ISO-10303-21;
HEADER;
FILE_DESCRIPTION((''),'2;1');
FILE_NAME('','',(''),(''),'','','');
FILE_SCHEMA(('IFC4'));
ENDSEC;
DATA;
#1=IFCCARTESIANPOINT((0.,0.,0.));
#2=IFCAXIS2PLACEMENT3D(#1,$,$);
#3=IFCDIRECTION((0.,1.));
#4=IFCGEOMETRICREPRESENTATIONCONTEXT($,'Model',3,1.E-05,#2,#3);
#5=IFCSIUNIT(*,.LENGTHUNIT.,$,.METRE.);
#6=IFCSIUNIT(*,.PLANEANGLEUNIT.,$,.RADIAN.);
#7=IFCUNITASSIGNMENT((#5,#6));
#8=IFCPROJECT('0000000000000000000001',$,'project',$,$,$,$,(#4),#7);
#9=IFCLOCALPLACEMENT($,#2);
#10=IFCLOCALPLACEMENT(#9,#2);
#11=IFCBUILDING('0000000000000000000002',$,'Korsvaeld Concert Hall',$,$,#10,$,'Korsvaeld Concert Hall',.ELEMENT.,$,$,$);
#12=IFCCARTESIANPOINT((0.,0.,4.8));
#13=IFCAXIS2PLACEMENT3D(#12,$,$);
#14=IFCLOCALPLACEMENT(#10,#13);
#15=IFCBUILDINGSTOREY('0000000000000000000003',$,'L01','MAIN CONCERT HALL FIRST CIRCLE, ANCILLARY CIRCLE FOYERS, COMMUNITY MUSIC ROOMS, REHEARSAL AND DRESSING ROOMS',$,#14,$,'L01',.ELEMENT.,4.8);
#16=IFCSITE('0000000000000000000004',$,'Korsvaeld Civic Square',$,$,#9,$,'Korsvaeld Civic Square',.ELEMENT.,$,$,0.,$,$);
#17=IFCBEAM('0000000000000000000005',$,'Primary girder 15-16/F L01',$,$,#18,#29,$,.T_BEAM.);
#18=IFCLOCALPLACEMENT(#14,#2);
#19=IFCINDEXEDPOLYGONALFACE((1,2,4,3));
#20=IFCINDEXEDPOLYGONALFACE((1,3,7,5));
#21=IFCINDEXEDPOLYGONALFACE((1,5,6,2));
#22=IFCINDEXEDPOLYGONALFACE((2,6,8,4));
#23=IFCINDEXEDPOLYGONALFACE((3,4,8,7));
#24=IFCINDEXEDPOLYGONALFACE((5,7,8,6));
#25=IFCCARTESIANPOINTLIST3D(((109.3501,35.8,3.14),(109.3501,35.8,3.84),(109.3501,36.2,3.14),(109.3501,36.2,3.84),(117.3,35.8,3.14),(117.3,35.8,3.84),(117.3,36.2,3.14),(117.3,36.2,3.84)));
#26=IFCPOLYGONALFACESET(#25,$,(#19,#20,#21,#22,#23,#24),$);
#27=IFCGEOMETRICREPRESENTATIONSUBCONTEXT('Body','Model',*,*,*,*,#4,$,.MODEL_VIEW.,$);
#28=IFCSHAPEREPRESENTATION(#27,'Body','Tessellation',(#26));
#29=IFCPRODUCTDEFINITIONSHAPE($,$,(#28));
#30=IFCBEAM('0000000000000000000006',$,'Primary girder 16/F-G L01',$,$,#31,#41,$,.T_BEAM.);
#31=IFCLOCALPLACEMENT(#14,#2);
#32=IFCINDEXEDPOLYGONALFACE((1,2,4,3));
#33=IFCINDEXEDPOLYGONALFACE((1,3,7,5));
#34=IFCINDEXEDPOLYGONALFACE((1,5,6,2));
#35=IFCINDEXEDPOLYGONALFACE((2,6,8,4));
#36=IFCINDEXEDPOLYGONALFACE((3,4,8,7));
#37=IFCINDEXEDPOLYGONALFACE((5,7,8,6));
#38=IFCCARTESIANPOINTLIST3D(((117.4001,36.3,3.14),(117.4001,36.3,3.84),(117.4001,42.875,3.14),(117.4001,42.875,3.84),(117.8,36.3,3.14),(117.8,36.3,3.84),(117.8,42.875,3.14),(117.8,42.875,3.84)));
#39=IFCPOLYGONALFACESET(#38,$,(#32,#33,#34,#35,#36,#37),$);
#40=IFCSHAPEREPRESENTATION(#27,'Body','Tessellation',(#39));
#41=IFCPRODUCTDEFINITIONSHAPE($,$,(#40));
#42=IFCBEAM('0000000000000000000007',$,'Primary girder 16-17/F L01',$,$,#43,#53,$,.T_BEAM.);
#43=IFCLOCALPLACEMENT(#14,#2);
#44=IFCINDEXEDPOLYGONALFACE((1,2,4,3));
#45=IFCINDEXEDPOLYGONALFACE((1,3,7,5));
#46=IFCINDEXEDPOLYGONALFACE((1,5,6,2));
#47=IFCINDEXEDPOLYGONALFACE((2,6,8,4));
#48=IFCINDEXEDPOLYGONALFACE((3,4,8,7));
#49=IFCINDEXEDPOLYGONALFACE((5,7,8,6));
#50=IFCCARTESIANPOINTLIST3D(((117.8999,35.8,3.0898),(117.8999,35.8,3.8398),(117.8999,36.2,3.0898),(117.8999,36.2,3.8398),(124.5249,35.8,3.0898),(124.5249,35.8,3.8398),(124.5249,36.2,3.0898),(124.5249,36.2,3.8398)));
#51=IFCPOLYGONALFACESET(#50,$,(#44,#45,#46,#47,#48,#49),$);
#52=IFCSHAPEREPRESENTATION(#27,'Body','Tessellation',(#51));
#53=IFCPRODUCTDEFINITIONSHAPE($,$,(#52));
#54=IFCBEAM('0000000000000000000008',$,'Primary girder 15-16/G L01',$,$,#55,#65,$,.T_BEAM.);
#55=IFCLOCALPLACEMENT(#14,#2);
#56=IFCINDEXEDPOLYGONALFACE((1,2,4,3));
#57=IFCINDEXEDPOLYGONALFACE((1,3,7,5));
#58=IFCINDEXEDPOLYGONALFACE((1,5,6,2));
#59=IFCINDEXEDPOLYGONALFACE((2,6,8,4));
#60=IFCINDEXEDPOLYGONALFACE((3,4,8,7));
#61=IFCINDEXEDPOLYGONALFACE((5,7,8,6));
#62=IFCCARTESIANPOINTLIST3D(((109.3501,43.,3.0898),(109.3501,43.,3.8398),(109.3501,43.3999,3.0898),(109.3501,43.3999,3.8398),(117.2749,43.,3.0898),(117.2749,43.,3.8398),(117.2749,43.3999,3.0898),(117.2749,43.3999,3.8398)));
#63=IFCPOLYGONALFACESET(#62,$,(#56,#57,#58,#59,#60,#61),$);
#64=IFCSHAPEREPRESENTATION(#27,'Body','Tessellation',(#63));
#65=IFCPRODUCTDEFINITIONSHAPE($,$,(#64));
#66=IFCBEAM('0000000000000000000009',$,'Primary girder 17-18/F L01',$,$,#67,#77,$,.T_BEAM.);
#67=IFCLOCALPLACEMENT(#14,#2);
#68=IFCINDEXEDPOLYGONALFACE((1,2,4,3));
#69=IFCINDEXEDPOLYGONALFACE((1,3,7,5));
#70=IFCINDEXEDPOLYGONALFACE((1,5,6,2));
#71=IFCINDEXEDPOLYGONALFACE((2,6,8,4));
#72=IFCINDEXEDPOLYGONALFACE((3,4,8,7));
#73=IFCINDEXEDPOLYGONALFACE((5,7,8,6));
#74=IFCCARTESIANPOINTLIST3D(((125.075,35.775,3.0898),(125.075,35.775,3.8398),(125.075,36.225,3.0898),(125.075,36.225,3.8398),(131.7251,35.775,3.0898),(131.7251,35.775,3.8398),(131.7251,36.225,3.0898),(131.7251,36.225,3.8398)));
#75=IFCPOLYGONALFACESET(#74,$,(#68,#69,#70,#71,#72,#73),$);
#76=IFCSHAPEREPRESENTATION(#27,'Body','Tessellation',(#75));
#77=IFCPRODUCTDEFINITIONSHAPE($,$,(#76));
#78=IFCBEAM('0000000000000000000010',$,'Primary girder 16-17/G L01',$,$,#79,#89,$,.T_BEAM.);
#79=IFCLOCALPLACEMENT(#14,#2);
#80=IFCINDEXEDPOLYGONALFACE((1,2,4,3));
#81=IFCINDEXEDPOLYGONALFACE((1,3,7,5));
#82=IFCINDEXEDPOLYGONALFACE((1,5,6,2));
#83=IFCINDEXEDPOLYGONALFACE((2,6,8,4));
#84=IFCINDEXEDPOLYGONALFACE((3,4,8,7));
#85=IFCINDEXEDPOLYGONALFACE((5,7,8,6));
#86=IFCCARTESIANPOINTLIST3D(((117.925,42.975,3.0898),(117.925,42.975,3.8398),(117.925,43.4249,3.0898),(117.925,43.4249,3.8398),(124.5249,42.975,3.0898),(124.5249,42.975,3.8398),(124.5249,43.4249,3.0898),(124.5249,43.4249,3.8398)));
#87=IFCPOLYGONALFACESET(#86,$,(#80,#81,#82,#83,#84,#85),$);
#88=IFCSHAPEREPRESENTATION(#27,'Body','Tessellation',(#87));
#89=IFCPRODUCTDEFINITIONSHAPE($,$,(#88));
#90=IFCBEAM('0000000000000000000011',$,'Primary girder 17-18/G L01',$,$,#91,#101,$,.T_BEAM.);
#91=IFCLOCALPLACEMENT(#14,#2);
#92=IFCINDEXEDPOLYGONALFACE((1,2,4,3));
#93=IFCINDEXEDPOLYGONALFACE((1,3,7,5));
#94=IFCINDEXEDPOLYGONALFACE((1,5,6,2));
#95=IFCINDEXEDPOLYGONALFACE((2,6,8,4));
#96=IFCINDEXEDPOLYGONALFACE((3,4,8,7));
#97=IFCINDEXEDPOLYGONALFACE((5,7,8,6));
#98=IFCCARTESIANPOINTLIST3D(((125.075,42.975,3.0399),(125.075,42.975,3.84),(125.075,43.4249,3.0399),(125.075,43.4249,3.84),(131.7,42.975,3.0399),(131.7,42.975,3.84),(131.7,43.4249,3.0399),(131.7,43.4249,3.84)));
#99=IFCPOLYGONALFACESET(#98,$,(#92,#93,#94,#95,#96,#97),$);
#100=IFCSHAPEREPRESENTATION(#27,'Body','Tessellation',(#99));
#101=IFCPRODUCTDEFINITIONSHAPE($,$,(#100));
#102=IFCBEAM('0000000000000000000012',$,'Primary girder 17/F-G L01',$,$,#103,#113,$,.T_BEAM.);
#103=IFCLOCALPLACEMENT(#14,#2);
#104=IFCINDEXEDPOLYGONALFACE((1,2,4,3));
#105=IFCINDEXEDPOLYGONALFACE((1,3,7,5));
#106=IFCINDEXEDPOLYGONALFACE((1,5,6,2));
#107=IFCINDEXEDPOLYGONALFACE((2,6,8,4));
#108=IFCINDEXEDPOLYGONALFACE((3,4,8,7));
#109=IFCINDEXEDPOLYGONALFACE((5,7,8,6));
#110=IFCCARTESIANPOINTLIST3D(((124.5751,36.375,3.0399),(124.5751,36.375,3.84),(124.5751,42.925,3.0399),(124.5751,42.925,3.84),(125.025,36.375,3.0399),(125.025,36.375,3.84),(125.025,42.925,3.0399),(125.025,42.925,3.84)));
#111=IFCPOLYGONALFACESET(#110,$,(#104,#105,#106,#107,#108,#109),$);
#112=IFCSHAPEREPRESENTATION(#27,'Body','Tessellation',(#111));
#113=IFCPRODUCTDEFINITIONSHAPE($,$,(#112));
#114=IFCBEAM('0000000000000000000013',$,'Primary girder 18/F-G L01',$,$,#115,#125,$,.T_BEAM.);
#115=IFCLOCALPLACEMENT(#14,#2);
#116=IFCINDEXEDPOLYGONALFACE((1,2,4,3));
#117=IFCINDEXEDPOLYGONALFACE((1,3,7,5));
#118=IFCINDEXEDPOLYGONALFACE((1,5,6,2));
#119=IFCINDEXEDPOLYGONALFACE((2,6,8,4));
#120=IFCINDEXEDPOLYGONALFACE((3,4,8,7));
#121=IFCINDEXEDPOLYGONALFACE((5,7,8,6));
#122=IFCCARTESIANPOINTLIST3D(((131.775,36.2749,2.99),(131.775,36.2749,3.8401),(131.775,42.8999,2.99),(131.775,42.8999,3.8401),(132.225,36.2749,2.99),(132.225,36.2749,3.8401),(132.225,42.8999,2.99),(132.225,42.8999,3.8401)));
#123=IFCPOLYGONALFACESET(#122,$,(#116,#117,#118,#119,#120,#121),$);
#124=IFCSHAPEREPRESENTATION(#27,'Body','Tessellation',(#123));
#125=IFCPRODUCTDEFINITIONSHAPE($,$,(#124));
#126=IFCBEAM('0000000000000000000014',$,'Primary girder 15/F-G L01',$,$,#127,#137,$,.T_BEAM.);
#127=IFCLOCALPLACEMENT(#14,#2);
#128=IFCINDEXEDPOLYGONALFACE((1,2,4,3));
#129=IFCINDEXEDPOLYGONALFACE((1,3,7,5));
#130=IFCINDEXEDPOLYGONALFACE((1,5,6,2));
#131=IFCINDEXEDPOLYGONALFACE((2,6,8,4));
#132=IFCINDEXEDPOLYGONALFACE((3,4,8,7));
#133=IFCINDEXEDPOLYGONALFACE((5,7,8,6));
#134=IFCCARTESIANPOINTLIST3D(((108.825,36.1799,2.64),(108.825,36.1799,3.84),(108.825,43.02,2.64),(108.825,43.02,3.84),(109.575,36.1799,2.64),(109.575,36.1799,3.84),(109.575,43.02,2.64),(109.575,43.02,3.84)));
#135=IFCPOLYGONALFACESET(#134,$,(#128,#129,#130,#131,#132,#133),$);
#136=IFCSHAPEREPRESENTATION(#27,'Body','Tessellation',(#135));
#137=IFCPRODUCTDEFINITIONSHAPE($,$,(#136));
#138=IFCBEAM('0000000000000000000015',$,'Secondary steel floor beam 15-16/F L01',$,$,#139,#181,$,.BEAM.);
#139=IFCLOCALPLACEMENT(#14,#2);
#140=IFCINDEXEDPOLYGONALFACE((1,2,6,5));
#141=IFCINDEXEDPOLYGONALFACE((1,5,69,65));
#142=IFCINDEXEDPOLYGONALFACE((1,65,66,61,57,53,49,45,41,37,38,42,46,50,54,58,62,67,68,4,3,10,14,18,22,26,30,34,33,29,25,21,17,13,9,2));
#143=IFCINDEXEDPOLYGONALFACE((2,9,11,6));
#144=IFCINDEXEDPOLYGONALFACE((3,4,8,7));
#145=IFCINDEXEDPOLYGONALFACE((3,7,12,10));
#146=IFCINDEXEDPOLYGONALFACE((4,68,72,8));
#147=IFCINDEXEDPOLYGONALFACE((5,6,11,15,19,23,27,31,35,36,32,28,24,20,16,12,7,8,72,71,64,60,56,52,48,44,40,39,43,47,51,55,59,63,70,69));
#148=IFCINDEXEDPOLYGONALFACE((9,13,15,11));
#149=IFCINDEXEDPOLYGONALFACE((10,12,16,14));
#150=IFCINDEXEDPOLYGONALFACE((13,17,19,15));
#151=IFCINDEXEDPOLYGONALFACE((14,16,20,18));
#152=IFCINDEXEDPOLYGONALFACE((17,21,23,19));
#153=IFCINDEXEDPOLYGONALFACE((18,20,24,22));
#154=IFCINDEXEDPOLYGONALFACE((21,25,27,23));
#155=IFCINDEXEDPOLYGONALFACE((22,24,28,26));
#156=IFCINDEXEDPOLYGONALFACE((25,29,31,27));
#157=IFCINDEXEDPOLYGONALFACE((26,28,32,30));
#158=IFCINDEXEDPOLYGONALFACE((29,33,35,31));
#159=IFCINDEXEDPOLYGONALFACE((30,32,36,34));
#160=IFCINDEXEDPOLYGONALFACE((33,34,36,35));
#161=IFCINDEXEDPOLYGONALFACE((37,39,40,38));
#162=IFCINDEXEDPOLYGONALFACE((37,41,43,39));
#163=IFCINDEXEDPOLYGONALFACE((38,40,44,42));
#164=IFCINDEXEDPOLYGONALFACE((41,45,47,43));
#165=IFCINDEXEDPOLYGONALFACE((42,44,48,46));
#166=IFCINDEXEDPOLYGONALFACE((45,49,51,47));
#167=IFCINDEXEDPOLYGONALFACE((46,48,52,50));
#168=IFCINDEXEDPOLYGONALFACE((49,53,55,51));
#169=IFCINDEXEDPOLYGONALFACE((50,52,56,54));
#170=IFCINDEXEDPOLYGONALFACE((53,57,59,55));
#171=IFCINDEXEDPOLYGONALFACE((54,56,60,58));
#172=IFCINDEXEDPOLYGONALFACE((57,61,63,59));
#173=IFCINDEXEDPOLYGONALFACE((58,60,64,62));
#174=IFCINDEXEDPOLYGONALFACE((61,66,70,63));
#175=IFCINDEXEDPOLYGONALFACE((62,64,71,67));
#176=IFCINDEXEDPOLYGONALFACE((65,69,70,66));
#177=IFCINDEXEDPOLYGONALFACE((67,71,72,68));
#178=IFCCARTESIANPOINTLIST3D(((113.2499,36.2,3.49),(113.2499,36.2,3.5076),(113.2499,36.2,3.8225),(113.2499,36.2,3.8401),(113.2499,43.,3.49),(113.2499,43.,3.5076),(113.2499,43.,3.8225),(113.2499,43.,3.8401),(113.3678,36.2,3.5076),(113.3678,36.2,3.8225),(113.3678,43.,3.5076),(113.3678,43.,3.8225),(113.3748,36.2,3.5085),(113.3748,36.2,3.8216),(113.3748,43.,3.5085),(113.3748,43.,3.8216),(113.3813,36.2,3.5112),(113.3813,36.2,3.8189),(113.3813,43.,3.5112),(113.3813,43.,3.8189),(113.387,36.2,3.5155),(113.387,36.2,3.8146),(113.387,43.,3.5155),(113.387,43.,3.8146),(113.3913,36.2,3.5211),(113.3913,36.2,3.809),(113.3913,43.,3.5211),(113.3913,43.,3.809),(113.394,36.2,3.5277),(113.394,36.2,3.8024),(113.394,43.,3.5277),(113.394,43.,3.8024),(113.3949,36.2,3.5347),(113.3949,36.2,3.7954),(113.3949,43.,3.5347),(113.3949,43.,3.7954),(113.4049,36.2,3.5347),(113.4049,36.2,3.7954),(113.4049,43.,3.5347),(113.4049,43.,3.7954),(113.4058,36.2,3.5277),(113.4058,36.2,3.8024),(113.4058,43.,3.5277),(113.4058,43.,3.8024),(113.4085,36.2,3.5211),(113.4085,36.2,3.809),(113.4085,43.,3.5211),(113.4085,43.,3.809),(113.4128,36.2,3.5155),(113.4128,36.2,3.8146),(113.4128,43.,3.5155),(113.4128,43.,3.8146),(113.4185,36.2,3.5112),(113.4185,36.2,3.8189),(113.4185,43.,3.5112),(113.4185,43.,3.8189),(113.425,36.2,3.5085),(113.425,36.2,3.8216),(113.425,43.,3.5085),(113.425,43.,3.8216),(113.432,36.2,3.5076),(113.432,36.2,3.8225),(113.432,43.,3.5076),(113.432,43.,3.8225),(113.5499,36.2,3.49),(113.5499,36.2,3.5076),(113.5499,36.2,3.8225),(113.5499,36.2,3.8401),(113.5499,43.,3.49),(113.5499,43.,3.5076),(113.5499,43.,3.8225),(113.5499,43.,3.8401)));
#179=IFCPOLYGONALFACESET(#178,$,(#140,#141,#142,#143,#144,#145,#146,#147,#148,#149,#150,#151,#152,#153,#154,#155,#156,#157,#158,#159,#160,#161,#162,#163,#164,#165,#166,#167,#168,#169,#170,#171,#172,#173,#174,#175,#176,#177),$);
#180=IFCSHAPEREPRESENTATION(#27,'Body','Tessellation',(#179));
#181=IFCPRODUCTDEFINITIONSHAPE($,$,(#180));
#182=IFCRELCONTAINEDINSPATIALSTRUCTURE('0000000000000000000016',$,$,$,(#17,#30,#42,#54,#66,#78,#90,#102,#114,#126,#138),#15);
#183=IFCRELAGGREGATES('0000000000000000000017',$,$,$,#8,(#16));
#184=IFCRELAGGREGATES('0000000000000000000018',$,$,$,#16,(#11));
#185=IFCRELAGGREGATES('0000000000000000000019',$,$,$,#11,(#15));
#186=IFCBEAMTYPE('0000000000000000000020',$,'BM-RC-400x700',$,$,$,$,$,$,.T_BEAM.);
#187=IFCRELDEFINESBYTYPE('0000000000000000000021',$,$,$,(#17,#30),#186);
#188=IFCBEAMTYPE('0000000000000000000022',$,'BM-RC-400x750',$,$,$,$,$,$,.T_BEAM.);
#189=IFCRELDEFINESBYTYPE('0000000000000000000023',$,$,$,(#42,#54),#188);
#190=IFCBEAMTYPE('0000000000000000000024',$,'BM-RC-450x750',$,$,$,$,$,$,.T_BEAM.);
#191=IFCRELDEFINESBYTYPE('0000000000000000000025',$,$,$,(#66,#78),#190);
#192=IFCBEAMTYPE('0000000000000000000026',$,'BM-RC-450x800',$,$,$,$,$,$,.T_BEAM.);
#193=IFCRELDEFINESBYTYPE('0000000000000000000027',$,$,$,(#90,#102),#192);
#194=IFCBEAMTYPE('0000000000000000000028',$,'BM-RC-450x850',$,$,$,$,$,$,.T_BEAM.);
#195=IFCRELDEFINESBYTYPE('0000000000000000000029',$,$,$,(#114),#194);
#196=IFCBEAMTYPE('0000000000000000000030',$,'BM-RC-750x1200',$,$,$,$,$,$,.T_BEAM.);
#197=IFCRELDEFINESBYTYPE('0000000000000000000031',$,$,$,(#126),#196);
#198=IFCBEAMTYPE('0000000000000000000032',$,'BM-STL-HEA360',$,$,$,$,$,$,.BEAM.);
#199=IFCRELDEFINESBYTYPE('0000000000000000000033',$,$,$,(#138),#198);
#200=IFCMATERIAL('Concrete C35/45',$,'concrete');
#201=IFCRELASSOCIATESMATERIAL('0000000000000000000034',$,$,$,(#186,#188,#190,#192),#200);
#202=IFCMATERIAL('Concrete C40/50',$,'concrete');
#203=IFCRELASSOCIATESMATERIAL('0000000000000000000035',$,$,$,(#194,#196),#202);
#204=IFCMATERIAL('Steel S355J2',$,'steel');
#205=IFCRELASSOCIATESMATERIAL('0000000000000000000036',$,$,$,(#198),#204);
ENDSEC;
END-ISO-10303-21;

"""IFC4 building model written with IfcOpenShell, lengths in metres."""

from ifc_helpers import new_model, si_unit, direction, frame, origin, origin_2d, place, context, subcontext, project, spatial, rectangle, i_section, extrude, material, material_profile, profile_set, type_object, element, save


model = new_model("IFC4")

# Units and contexts
model_context = context("Model", 3, precision=1e-05, world=origin(), true_north=direction((0.0, 1.0)))
body_context = subcontext(model_context, "Body", "Model", "MODEL_VIEW")
ifc_project = project(units=[si_unit("LENGTHUNIT", "METRE"), si_unit("PLANEANGLEUNIT", "RADIAN")], contexts=[model_context])

# Site, building, storey
site_placement = place(None, origin())
site = spatial("IfcSite", under=ifc_project, at=site_placement, Name="Korsvaeld Civic Square", LongName="Korsvaeld Civic Square", CompositionType="ELEMENT", RefElevation=0.0)
building_placement = place(site_placement, origin())
building = spatial("IfcBuilding", under=site, at=building_placement, Name="Korsvaeld Concert Hall", LongName="Korsvaeld Concert Hall", CompositionType="ELEMENT")
storey_placement = place(building_placement, frame((0.0, 0.0, 4.8)))
storey = spatial("IfcBuildingStorey", under=building, at=storey_placement, Name="L01", Description="MAIN CONCERT HALL FIRST CIRCLE, ANCILLARY CIRCLE FOYERS, COMMUNITY MUSIC ROOMS, REHEARSAL AND DRESSING ROOMS", LongName="L01", CompositionType="ELEMENT", Elevation=4.8)

# Shared definitions
ifc_material_1 = material(Name="Concrete C40/50", Category="concrete")
ifc_material_2 = material(Name="Steel S355J2", Category="steel")

# Beams
ifc_material_3 = material(Name="Concrete C35/45", Category="concrete")
ifc_material_profile_1 = material_profile(ifc_material_3, rectangle(XDim=0.3999, YDim=0.7, at=origin_2d()), Name="RC 400x700")
ifc_profile_set_1 = profile_set([ifc_material_profile_1], Name="Concrete C35/45")
beam_type_1 = type_object("IfcBeamType", Name="BM-RC-400x700", PredefinedType="T_BEAM", material=ifc_profile_set_1)
beam_1_placement = place(storey_placement, frame((109.3501, 36.0, 3.49), z_axis=(1.0, 0.0, 0.0), x_axis=(0.0, 1.0, 0.0)))
element("IfcBeam", 1, at=beam_1_placement, inside=storey, type_object=beam_type_1, Name="Primary girder 15-16/F L01", PredefinedType="T_BEAM", context=body_context, shape_type="SweptSolid", body=[
    extrude(rectangle(XDim=0.3999, YDim=0.7, at=origin_2d()), origin(), (0.0, 0.0, 1.0), 7.95),
])
beam_2_placement = place(storey_placement, frame((117.6001, 36.3, 3.49), z_axis=(0.0, 1.0, 0.0), x_axis=(-1.0, 0.0, 0.0)))
element("IfcBeam", 2, at=beam_2_placement, inside=storey, type_object=beam_type_1, Name="Primary girder 16/F-G L01", PredefinedType="T_BEAM", context=body_context, shape_type="SweptSolid", body=[
    extrude(rectangle(XDim=0.3999, YDim=0.7, at=origin_2d()), origin(), (0.0, 0.0, 1.0), 6.575),
])
ifc_material_profile_2 = material_profile(ifc_material_3, rectangle(XDim=0.3999, YDim=0.75, at=origin_2d()), Name="RC 400x750")
ifc_profile_set_2 = profile_set([ifc_material_profile_2], Name="Concrete C35/45")
beam_type_2 = type_object("IfcBeamType", Name="BM-RC-400x750", PredefinedType="T_BEAM", material=ifc_profile_set_2)
beam_3_placement = place(storey_placement, frame((117.8999, 36.0, 3.4648), z_axis=(1.0, 0.0, 0.0), x_axis=(0.0, 1.0, 0.0)))
element("IfcBeam", 3, at=beam_3_placement, inside=storey, type_object=beam_type_2, Name="Primary girder 16-17/F L01", PredefinedType="T_BEAM", context=body_context, shape_type="SweptSolid", body=[
    extrude(rectangle(XDim=0.3999, YDim=0.75, at=origin_2d()), origin(), (0.0, 0.0, 1.0), 6.625),
])
beam_4_placement = place(storey_placement, frame((109.3501, 43.2, 3.4648), z_axis=(1.0, 0.0, 0.0), x_axis=(0.0, 1.0, 0.0)))
element("IfcBeam", 4, at=beam_4_placement, inside=storey, type_object=beam_type_2, Name="Primary girder 15-16/G L01", PredefinedType="T_BEAM", context=body_context, shape_type="SweptSolid", body=[
    extrude(rectangle(XDim=0.3999, YDim=0.75, at=origin_2d()), origin(), (0.0, 0.0, 1.0), 7.9248),
])
ifc_material_profile_3 = material_profile(ifc_material_3, rectangle(XDim=0.45, YDim=0.75, at=origin_2d()), Name="RC 450x750")
ifc_profile_set_3 = profile_set([ifc_material_profile_3], Name="Concrete C35/45")
beam_type_3 = type_object("IfcBeamType", Name="BM-RC-450x750", PredefinedType="T_BEAM", material=ifc_profile_set_3)
beam_5_placement = place(storey_placement, frame((125.075, 36.0, 3.4648), z_axis=(1.0, 0.0, 0.0), x_axis=(0.0, 1.0, 0.0)))
element("IfcBeam", 5, at=beam_5_placement, inside=storey, type_object=beam_type_3, Name="Primary girder 17-18/F L01", PredefinedType="T_BEAM", context=body_context, shape_type="SweptSolid", body=[
    extrude(rectangle(XDim=0.45, YDim=0.75, at=origin_2d()), origin(), (0.0, 0.0, 1.0), 6.6501),
])
beam_6_placement = place(storey_placement, frame((117.925, 43.2, 3.4648), z_axis=(1.0, 0.0, 0.0), x_axis=(0.0, 1.0, 0.0)))
element("IfcBeam", 6, at=beam_6_placement, inside=storey, type_object=beam_type_3, Name="Primary girder 16-17/G L01", PredefinedType="T_BEAM", context=body_context, shape_type="SweptSolid", body=[
    extrude(rectangle(XDim=0.45, YDim=0.75, at=origin_2d()), origin(), (0.0, 0.0, 1.0), 6.5999),
])
ifc_material_profile_4 = material_profile(ifc_material_3, rectangle(XDim=0.45, YDim=0.8, at=origin_2d()), Name="RC 450x800")
ifc_profile_set_4 = profile_set([ifc_material_profile_4], Name="Concrete C35/45")
beam_type_4 = type_object("IfcBeamType", Name="BM-RC-450x800", PredefinedType="T_BEAM", material=ifc_profile_set_4)
beam_7_placement = place(storey_placement, frame((125.075, 43.2, 3.4399), z_axis=(1.0, 0.0, 0.0), x_axis=(0.0, 1.0, 0.0)))
element("IfcBeam", 7, at=beam_7_placement, inside=storey, type_object=beam_type_4, Name="Primary girder 17-18/G L01", PredefinedType="T_BEAM", context=body_context, shape_type="SweptSolid", body=[
    extrude(rectangle(XDim=0.45, YDim=0.8, at=origin_2d()), origin(), (0.0, 0.0, 1.0), 6.625),
])
beam_8_placement = place(storey_placement, frame((124.8, 36.375, 3.4399), z_axis=(0.0, 1.0, 0.0), x_axis=(-1.0, 0.0, 0.0)))
element("IfcBeam", 8, at=beam_8_placement, inside=storey, type_object=beam_type_4, Name="Primary girder 17/F-G L01", PredefinedType="T_BEAM", context=body_context, shape_type="SweptSolid", body=[
    extrude(rectangle(XDim=0.45, YDim=0.8, at=origin_2d()), origin(), (0.0, 0.0, 1.0), 6.55),
])
ifc_material_profile_5 = material_profile(ifc_material_1, rectangle(XDim=0.45, YDim=0.8501, at=origin_2d()), Name="RC 450x850")
ifc_profile_set_5 = profile_set([ifc_material_profile_5], Name="Concrete C40/50")
beam_type_5 = type_object("IfcBeamType", Name="BM-RC-450x850", PredefinedType="T_BEAM", material=ifc_profile_set_5)
beam_9_placement = place(storey_placement, frame((132.0, 36.2749, 3.415), z_axis=(0.0, 1.0, 0.0), x_axis=(-1.0, 0.0, 0.0)))
element("IfcBeam", 9, at=beam_9_placement, inside=storey, type_object=beam_type_5, Name="Primary girder 18/F-G L01", PredefinedType="T_BEAM", context=body_context, shape_type="SweptSolid", body=[
    extrude(rectangle(XDim=0.45, YDim=0.8501, at=origin_2d()), origin(), (0.0, 0.0, 1.0), 6.625),
])
ifc_material_profile_6 = material_profile(ifc_material_1, rectangle(XDim=0.75, YDim=1.2, at=origin_2d()), Name="RC 750x1200")
ifc_profile_set_6 = profile_set([ifc_material_profile_6], Name="Concrete C40/50")
beam_type_6 = type_object("IfcBeamType", Name="BM-RC-750x1200", PredefinedType="T_BEAM", material=ifc_profile_set_6)
beam_10_placement = place(storey_placement, frame((109.2, 36.1799, 3.24), z_axis=(0.0, 1.0, 0.0), x_axis=(-1.0, 0.0, 0.0)))
element("IfcBeam", 10, at=beam_10_placement, inside=storey, type_object=beam_type_6, Name="Primary girder 15/F-G L01", PredefinedType="T_BEAM", context=body_context, shape_type="SweptSolid", body=[
    extrude(rectangle(XDim=0.75, YDim=1.2, at=origin_2d()), origin(), (0.0, 0.0, 1.0), 6.8401),
])
ifc_material_profile_7 = material_profile(ifc_material_2, i_section(OverallWidth=0.3, OverallDepth=0.3501, WebThickness=0.01, FlangeThickness=0.0176, FilletRadius=0.0271, at=origin_2d()), Name="HEA 360")
ifc_profile_set_7 = profile_set([ifc_material_profile_7], Name="Steel S355J2")
beam_type_7 = type_object("IfcBeamType", Name="BM-STL-HEA360", PredefinedType="BEAM", material=ifc_profile_set_7)
beam_11_placement = place(storey_placement, frame((113.3999, 36.2, 3.665), z_axis=(0.0, 1.0, 0.0), x_axis=(-1.0, 0.0, 0.0)))
element("IfcBeam", 11, at=beam_11_placement, inside=storey, type_object=beam_type_7, Name="Secondary steel floor beam 15-16/F L01", PredefinedType="BEAM", context=body_context, shape_type="SweptSolid", body=[
    extrude(i_section(OverallWidth=0.3, OverallDepth=0.3501, WebThickness=0.01, FlangeThickness=0.0176, FilletRadius=0.0271, at=origin_2d()), origin(), (0.0, 0.0, 1.0), 6.8),
])

save(model, "model.ifc")
